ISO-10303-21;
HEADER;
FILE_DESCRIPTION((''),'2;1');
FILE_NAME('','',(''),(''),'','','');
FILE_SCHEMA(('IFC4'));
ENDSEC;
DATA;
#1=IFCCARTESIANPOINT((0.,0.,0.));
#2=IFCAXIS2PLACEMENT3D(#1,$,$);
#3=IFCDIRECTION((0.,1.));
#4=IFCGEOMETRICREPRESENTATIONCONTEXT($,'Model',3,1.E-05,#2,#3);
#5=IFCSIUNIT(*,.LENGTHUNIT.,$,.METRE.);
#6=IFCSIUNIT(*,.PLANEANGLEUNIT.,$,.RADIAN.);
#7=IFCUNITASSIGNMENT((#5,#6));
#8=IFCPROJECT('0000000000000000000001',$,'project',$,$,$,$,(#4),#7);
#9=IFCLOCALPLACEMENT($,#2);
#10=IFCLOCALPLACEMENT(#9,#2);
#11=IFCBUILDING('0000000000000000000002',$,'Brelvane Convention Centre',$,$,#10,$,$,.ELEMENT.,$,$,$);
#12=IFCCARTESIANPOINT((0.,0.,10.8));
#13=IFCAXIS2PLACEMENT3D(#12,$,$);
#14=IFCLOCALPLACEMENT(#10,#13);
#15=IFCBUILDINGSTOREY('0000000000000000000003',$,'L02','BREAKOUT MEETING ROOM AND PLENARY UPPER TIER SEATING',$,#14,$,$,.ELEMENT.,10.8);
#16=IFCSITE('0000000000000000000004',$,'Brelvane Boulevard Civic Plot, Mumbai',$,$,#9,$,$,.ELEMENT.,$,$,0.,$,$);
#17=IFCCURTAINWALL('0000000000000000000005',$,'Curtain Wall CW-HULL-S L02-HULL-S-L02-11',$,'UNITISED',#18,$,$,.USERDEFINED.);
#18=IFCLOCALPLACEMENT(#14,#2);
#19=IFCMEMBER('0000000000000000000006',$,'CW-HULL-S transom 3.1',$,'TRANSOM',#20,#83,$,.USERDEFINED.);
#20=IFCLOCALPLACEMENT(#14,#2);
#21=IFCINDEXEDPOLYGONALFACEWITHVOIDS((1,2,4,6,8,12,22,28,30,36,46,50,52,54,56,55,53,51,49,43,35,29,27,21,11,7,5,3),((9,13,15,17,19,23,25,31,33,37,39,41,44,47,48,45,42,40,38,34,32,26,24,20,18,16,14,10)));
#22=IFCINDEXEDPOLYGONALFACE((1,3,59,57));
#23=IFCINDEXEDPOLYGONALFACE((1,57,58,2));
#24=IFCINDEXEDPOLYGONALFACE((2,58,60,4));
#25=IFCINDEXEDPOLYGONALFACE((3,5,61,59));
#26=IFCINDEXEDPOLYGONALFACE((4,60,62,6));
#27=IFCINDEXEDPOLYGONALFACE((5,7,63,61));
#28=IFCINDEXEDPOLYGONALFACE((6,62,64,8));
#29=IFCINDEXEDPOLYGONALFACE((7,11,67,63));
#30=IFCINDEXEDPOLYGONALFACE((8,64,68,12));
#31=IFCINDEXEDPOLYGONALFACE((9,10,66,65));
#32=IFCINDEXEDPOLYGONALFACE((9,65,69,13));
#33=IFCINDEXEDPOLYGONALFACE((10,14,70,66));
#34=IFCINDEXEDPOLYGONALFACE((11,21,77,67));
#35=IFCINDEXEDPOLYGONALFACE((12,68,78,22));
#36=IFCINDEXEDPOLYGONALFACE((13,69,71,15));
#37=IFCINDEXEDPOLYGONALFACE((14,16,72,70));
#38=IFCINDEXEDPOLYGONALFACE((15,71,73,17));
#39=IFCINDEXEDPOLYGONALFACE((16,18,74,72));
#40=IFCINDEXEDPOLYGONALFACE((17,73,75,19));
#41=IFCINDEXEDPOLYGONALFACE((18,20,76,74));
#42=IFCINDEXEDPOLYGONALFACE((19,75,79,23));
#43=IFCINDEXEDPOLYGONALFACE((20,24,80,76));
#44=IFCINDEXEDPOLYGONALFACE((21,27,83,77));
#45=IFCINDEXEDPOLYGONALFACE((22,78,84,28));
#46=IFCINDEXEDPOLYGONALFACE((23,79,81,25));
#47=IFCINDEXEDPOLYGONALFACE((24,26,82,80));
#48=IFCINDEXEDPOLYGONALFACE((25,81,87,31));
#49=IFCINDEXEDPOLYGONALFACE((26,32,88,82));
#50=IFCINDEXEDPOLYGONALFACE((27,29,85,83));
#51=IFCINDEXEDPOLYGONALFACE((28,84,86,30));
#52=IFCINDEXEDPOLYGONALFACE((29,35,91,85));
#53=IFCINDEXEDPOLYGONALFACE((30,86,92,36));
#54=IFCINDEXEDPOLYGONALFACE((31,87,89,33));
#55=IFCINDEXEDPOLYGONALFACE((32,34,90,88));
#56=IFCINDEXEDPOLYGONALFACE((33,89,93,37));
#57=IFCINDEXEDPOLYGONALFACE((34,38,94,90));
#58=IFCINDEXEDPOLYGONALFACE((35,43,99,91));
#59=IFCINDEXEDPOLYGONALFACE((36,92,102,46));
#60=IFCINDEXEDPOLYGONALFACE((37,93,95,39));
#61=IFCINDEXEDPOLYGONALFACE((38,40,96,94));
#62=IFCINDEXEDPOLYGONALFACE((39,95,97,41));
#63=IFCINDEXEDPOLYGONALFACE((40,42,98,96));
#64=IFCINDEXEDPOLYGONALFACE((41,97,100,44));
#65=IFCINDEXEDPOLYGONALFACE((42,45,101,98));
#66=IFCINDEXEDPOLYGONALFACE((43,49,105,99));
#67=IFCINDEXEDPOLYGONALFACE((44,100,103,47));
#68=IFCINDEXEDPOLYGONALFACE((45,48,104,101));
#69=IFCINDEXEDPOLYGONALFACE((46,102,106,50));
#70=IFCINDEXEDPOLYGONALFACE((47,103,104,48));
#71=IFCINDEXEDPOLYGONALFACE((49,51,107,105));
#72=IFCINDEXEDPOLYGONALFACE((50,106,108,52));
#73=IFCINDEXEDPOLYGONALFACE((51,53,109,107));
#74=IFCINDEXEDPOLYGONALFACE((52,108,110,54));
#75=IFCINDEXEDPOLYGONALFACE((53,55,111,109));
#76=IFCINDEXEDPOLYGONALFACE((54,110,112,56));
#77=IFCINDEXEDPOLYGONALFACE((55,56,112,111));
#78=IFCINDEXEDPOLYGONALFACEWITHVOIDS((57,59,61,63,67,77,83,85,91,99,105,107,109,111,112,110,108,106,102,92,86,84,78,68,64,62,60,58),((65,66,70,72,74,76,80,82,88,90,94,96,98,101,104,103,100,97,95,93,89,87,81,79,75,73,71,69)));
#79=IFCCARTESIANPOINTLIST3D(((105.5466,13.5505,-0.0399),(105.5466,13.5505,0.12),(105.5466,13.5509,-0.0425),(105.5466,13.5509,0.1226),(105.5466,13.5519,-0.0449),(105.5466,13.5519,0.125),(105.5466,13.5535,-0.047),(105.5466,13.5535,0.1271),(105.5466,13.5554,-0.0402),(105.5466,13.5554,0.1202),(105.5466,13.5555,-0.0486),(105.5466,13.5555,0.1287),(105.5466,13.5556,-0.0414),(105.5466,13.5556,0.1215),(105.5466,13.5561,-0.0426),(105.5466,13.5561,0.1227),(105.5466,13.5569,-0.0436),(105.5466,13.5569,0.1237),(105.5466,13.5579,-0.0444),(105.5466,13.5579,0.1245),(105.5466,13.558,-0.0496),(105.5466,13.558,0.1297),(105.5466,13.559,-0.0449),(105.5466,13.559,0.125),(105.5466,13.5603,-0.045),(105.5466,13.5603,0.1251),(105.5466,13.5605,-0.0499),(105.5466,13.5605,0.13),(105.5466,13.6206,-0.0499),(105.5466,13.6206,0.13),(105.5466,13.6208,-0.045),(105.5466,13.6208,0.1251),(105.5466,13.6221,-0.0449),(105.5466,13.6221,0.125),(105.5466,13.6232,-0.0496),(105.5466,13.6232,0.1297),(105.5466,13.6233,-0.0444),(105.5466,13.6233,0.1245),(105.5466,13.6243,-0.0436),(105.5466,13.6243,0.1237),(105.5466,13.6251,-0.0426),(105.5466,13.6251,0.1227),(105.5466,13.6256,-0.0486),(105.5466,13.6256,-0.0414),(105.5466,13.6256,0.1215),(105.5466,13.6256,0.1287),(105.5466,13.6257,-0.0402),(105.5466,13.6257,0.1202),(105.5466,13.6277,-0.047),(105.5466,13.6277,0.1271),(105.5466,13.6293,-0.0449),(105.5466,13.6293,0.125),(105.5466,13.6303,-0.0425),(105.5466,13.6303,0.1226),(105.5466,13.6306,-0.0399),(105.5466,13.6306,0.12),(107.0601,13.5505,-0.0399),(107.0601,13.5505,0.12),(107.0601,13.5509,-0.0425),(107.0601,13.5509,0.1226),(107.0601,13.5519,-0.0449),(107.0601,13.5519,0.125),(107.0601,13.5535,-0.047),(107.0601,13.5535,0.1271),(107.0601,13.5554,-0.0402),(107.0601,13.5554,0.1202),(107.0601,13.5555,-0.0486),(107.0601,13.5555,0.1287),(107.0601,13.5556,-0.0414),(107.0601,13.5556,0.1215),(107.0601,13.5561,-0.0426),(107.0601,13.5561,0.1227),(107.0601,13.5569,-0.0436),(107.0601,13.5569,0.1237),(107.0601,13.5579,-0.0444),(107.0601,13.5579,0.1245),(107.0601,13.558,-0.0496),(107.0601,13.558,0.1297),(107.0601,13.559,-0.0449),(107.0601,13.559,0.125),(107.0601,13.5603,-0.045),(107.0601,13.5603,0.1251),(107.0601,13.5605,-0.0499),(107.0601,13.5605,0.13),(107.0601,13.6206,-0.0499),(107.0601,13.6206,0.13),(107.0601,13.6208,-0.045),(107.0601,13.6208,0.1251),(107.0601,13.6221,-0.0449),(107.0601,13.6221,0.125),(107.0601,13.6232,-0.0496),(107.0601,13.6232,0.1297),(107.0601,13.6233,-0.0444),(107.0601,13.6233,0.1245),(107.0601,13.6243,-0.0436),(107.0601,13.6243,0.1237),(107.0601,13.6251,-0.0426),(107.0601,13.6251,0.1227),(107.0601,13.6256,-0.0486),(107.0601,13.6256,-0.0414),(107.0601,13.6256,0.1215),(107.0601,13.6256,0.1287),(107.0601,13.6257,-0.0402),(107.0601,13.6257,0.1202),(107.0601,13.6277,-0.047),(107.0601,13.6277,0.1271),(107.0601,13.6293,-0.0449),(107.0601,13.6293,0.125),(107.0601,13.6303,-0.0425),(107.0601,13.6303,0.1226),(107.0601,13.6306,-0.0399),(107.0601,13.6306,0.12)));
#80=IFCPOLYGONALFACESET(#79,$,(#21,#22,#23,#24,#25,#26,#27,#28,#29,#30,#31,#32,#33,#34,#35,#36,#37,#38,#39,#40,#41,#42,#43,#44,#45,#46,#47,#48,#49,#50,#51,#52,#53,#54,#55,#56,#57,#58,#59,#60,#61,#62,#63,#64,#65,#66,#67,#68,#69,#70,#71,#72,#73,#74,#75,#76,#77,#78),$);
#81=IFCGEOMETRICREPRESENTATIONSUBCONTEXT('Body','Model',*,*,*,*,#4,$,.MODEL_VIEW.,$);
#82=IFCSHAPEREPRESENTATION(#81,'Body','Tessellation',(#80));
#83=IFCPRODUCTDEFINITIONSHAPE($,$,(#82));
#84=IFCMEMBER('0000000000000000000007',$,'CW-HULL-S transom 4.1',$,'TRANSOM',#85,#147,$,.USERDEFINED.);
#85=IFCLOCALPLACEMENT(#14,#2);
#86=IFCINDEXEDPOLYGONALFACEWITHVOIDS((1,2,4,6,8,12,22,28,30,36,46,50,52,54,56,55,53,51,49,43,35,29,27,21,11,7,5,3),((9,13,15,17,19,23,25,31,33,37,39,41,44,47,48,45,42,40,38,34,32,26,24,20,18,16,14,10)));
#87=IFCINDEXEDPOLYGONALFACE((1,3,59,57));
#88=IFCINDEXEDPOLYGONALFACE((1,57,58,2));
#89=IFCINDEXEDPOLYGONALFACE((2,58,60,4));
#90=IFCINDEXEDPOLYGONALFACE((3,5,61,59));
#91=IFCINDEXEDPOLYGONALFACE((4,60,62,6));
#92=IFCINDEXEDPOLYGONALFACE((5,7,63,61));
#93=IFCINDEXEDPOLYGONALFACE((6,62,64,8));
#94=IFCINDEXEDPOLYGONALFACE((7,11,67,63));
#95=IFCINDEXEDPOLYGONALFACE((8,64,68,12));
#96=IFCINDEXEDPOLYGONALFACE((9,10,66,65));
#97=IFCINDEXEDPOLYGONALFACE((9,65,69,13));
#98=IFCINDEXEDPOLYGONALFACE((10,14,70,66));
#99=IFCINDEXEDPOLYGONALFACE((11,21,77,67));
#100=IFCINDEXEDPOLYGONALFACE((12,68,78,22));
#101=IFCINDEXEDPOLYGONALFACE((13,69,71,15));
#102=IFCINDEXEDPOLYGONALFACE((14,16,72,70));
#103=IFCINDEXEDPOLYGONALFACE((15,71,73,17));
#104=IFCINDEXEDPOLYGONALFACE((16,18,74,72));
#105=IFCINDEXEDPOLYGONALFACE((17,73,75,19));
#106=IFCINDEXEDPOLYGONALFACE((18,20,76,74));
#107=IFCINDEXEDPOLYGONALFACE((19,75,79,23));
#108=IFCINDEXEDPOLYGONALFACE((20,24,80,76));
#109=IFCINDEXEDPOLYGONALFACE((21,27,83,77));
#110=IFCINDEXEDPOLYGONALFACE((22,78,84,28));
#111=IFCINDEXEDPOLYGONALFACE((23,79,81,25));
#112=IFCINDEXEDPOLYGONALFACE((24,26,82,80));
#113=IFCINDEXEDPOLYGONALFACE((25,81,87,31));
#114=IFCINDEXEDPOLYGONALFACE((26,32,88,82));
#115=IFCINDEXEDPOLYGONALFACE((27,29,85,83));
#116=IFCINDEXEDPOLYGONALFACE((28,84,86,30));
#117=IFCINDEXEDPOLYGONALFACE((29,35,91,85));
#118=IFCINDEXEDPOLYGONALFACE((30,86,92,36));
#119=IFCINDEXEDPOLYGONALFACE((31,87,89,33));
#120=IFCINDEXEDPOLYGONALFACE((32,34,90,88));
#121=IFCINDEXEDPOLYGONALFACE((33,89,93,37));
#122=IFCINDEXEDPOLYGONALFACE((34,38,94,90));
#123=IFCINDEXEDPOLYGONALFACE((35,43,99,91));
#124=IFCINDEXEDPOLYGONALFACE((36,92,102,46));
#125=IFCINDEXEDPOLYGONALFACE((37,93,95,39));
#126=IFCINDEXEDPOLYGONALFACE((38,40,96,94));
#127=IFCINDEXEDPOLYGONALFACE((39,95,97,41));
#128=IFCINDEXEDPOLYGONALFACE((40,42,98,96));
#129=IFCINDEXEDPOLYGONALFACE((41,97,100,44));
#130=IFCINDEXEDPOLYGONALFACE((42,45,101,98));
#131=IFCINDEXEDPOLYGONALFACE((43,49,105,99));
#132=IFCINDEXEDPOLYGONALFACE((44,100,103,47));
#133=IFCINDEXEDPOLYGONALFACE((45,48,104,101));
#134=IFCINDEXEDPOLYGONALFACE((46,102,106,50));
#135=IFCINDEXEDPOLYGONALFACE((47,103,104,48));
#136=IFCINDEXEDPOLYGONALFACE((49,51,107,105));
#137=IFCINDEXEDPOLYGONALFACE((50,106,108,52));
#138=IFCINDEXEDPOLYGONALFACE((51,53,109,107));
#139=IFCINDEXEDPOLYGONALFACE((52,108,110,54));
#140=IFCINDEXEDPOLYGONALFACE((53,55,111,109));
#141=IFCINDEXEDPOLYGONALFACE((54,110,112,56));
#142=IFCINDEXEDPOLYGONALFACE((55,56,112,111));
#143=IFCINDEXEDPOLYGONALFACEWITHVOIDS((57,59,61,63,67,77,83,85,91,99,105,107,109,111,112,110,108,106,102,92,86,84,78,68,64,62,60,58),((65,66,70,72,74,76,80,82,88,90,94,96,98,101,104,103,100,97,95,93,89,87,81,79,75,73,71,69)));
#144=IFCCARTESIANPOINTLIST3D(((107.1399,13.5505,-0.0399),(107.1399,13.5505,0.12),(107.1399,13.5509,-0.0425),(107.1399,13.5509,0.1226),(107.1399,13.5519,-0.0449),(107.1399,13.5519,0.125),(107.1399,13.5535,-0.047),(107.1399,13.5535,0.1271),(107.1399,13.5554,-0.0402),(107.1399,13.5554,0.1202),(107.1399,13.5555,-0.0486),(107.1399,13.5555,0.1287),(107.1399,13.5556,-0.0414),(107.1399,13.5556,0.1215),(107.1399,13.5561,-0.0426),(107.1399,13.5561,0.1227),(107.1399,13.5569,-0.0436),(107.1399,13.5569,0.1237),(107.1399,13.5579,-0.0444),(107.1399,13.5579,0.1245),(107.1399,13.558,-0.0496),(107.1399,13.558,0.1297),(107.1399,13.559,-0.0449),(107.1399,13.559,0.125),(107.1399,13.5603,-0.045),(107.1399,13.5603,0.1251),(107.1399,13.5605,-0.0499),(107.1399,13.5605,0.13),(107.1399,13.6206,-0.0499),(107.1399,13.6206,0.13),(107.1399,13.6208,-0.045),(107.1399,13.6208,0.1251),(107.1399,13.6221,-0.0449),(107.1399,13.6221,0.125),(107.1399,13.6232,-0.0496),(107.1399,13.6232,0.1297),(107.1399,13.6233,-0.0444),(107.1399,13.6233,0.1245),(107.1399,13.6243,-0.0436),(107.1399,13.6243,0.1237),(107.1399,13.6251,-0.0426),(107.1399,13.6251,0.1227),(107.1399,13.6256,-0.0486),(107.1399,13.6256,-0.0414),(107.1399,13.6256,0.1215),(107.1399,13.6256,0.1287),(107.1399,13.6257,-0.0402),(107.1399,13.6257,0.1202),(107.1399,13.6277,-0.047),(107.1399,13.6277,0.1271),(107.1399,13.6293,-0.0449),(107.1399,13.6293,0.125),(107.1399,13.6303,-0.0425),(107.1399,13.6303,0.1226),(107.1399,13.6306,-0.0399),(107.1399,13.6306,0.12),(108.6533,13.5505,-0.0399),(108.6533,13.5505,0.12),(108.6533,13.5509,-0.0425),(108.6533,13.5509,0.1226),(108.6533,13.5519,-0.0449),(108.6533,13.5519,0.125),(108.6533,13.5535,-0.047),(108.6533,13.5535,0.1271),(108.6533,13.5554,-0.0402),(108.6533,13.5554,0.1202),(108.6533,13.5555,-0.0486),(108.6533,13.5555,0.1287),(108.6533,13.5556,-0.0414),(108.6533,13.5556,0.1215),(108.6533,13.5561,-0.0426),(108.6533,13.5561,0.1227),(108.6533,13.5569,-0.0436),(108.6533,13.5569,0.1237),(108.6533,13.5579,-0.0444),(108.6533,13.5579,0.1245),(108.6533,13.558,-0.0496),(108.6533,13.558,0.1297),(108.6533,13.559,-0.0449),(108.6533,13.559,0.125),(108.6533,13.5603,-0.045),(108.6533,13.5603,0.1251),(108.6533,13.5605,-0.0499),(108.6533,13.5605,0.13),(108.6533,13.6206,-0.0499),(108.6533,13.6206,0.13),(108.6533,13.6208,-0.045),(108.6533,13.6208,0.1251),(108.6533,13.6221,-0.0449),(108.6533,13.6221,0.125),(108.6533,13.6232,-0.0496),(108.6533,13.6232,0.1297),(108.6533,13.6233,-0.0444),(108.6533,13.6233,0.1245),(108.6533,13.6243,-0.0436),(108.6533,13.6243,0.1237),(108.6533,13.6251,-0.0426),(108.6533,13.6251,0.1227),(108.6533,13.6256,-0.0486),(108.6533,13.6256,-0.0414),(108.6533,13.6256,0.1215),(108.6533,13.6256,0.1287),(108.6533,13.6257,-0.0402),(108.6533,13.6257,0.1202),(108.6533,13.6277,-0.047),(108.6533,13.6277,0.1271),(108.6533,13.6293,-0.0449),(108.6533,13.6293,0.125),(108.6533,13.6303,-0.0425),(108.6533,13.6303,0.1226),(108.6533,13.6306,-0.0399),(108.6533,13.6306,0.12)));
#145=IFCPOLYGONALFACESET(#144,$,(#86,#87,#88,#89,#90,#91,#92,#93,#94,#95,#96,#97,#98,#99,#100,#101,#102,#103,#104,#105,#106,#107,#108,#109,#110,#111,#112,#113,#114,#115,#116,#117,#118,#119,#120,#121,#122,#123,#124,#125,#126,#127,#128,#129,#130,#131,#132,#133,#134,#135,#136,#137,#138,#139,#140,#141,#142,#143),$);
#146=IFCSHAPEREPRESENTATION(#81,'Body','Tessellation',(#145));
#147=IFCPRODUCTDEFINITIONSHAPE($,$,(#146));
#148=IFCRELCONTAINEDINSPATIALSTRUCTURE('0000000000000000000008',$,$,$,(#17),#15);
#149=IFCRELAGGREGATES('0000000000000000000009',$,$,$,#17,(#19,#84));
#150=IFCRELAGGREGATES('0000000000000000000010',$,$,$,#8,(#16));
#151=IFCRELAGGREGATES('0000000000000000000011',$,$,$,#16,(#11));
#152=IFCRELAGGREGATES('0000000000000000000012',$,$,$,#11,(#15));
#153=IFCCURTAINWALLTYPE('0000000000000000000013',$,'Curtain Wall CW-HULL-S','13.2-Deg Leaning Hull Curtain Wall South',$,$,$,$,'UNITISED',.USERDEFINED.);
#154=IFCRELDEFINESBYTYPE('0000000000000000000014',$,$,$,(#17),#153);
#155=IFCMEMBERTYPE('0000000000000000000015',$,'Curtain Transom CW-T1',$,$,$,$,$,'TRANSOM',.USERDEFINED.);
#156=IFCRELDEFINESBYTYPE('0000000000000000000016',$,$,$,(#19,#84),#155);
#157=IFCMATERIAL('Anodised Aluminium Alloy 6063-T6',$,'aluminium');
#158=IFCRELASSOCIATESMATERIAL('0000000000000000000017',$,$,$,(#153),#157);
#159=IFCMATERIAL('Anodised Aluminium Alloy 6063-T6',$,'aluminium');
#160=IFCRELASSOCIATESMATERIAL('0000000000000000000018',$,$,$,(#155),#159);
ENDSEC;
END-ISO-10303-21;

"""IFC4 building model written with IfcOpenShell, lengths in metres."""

from ifc_helpers import new_model, si_unit, direction, frame, origin, origin_2d, place, context, subcontext, project, spatial, hollow_rectangle, extrude, material, material_profile, profile_set, type_object, element, aggregate, save


model = new_model("IFC4")

# Units and contexts
model_context = context("Model", 3, precision=1e-05, world=origin(), true_north=direction((0.0, 1.0)))
body_context = subcontext(model_context, "Body", "Model", "MODEL_VIEW")
ifc_project = project(units=[si_unit("LENGTHUNIT", "METRE"), si_unit("PLANEANGLEUNIT", "RADIAN")], contexts=[model_context])

# Site, building, storey
site_placement = place(None, origin())
site = spatial("IfcSite", under=ifc_project, at=site_placement, Name="Brelvane Boulevard Civic Plot, Mumbai", CompositionType="ELEMENT", RefElevation=0.0)
building_placement = place(site_placement, origin())
building = spatial("IfcBuilding", under=site, at=building_placement, Name="Brelvane Convention Centre", CompositionType="ELEMENT")
storey_placement = place(building_placement, frame((0.0, 0.0, 10.8)))
storey = spatial("IfcBuildingStorey", under=building, at=storey_placement, Name="L02", Description="BREAKOUT MEETING ROOM AND PLENARY UPPER TIER SEATING", CompositionType="ELEMENT", Elevation=10.8)

# Curtain wall
ifc_material_1 = material(Name="Anodised Aluminium Alloy 6063-T6", Category="aluminium")
curtain_wall_type = type_object("IfcCurtainWallType", Name="Curtain Wall CW-HULL-S", Description="13.2-Deg Leaning Hull Curtain Wall South", ElementType="UNITISED", PredefinedType="USERDEFINED", material=ifc_material_1)
curtain_wall_1_placement = place(storey_placement, origin())
curtain_wall_1 = element("IfcCurtainWall", 1, at=curtain_wall_1_placement, inside=storey, type_object=curtain_wall_type, Name="Curtain Wall CW-HULL-S L02-HULL-S-L02-11", ObjectType="UNITISED", PredefinedType="USERDEFINED")

# Members
ifc_material_2 = material(Name="Anodised Aluminium Alloy 6063-T6", Category="aluminium")
ifc_material_profile_1 = material_profile(ifc_material_2, hollow_rectangle(XDim=0.0801, YDim=0.1799, WallThickness=0.0049, InnerFilletRadius=0.0049, OuterFilletRadius=0.01, at=origin_2d()), Name="ALU-T 180x80x5.0")
ifc_profile_set_1 = profile_set([ifc_material_profile_1], Name="Anodised Aluminium Alloy 6063-T6")
member_type_1 = type_object("IfcMemberType", Name="Curtain Transom CW-T1", ElementType="TRANSOM", PredefinedType="USERDEFINED", material=ifc_profile_set_1)
member_1_placement = place(storey_placement, frame((105.5466, 13.5906, 0.04), z_axis=(1.0, 0.0, 0.0), x_axis=(0.0, 1.0, 0.0)))
member_1 = element("IfcMember", 2, at=member_1_placement, type_object=member_type_1, Name="CW-HULL-S transom 3.1", ObjectType="TRANSOM", PredefinedType="USERDEFINED", context=body_context, shape_type="SweptSolid", body=[
    extrude(hollow_rectangle(XDim=0.0801, YDim=0.1799, WallThickness=0.0049, InnerFilletRadius=0.0049, OuterFilletRadius=0.01, at=origin_2d()), origin(), (0.0, 0.0, 1.0), 1.5134),
])
member_2_placement = place(storey_placement, frame((107.1399, 13.5906, 0.04), z_axis=(1.0, 0.0, 0.0), x_axis=(0.0, 1.0, 0.0)))
member_2 = element("IfcMember", 3, at=member_2_placement, type_object=member_type_1, Name="CW-HULL-S transom 4.1", ObjectType="TRANSOM", PredefinedType="USERDEFINED", context=body_context, shape_type="SweptSolid", body=[
    extrude(hollow_rectangle(XDim=0.0801, YDim=0.1799, WallThickness=0.0049, InnerFilletRadius=0.0049, OuterFilletRadius=0.01, at=origin_2d()), origin(), (0.0, 0.0, 1.0), 1.5134),
])

aggregate(curtain_wall_1, [member_1, member_2])

save(model, "model.ifc")
